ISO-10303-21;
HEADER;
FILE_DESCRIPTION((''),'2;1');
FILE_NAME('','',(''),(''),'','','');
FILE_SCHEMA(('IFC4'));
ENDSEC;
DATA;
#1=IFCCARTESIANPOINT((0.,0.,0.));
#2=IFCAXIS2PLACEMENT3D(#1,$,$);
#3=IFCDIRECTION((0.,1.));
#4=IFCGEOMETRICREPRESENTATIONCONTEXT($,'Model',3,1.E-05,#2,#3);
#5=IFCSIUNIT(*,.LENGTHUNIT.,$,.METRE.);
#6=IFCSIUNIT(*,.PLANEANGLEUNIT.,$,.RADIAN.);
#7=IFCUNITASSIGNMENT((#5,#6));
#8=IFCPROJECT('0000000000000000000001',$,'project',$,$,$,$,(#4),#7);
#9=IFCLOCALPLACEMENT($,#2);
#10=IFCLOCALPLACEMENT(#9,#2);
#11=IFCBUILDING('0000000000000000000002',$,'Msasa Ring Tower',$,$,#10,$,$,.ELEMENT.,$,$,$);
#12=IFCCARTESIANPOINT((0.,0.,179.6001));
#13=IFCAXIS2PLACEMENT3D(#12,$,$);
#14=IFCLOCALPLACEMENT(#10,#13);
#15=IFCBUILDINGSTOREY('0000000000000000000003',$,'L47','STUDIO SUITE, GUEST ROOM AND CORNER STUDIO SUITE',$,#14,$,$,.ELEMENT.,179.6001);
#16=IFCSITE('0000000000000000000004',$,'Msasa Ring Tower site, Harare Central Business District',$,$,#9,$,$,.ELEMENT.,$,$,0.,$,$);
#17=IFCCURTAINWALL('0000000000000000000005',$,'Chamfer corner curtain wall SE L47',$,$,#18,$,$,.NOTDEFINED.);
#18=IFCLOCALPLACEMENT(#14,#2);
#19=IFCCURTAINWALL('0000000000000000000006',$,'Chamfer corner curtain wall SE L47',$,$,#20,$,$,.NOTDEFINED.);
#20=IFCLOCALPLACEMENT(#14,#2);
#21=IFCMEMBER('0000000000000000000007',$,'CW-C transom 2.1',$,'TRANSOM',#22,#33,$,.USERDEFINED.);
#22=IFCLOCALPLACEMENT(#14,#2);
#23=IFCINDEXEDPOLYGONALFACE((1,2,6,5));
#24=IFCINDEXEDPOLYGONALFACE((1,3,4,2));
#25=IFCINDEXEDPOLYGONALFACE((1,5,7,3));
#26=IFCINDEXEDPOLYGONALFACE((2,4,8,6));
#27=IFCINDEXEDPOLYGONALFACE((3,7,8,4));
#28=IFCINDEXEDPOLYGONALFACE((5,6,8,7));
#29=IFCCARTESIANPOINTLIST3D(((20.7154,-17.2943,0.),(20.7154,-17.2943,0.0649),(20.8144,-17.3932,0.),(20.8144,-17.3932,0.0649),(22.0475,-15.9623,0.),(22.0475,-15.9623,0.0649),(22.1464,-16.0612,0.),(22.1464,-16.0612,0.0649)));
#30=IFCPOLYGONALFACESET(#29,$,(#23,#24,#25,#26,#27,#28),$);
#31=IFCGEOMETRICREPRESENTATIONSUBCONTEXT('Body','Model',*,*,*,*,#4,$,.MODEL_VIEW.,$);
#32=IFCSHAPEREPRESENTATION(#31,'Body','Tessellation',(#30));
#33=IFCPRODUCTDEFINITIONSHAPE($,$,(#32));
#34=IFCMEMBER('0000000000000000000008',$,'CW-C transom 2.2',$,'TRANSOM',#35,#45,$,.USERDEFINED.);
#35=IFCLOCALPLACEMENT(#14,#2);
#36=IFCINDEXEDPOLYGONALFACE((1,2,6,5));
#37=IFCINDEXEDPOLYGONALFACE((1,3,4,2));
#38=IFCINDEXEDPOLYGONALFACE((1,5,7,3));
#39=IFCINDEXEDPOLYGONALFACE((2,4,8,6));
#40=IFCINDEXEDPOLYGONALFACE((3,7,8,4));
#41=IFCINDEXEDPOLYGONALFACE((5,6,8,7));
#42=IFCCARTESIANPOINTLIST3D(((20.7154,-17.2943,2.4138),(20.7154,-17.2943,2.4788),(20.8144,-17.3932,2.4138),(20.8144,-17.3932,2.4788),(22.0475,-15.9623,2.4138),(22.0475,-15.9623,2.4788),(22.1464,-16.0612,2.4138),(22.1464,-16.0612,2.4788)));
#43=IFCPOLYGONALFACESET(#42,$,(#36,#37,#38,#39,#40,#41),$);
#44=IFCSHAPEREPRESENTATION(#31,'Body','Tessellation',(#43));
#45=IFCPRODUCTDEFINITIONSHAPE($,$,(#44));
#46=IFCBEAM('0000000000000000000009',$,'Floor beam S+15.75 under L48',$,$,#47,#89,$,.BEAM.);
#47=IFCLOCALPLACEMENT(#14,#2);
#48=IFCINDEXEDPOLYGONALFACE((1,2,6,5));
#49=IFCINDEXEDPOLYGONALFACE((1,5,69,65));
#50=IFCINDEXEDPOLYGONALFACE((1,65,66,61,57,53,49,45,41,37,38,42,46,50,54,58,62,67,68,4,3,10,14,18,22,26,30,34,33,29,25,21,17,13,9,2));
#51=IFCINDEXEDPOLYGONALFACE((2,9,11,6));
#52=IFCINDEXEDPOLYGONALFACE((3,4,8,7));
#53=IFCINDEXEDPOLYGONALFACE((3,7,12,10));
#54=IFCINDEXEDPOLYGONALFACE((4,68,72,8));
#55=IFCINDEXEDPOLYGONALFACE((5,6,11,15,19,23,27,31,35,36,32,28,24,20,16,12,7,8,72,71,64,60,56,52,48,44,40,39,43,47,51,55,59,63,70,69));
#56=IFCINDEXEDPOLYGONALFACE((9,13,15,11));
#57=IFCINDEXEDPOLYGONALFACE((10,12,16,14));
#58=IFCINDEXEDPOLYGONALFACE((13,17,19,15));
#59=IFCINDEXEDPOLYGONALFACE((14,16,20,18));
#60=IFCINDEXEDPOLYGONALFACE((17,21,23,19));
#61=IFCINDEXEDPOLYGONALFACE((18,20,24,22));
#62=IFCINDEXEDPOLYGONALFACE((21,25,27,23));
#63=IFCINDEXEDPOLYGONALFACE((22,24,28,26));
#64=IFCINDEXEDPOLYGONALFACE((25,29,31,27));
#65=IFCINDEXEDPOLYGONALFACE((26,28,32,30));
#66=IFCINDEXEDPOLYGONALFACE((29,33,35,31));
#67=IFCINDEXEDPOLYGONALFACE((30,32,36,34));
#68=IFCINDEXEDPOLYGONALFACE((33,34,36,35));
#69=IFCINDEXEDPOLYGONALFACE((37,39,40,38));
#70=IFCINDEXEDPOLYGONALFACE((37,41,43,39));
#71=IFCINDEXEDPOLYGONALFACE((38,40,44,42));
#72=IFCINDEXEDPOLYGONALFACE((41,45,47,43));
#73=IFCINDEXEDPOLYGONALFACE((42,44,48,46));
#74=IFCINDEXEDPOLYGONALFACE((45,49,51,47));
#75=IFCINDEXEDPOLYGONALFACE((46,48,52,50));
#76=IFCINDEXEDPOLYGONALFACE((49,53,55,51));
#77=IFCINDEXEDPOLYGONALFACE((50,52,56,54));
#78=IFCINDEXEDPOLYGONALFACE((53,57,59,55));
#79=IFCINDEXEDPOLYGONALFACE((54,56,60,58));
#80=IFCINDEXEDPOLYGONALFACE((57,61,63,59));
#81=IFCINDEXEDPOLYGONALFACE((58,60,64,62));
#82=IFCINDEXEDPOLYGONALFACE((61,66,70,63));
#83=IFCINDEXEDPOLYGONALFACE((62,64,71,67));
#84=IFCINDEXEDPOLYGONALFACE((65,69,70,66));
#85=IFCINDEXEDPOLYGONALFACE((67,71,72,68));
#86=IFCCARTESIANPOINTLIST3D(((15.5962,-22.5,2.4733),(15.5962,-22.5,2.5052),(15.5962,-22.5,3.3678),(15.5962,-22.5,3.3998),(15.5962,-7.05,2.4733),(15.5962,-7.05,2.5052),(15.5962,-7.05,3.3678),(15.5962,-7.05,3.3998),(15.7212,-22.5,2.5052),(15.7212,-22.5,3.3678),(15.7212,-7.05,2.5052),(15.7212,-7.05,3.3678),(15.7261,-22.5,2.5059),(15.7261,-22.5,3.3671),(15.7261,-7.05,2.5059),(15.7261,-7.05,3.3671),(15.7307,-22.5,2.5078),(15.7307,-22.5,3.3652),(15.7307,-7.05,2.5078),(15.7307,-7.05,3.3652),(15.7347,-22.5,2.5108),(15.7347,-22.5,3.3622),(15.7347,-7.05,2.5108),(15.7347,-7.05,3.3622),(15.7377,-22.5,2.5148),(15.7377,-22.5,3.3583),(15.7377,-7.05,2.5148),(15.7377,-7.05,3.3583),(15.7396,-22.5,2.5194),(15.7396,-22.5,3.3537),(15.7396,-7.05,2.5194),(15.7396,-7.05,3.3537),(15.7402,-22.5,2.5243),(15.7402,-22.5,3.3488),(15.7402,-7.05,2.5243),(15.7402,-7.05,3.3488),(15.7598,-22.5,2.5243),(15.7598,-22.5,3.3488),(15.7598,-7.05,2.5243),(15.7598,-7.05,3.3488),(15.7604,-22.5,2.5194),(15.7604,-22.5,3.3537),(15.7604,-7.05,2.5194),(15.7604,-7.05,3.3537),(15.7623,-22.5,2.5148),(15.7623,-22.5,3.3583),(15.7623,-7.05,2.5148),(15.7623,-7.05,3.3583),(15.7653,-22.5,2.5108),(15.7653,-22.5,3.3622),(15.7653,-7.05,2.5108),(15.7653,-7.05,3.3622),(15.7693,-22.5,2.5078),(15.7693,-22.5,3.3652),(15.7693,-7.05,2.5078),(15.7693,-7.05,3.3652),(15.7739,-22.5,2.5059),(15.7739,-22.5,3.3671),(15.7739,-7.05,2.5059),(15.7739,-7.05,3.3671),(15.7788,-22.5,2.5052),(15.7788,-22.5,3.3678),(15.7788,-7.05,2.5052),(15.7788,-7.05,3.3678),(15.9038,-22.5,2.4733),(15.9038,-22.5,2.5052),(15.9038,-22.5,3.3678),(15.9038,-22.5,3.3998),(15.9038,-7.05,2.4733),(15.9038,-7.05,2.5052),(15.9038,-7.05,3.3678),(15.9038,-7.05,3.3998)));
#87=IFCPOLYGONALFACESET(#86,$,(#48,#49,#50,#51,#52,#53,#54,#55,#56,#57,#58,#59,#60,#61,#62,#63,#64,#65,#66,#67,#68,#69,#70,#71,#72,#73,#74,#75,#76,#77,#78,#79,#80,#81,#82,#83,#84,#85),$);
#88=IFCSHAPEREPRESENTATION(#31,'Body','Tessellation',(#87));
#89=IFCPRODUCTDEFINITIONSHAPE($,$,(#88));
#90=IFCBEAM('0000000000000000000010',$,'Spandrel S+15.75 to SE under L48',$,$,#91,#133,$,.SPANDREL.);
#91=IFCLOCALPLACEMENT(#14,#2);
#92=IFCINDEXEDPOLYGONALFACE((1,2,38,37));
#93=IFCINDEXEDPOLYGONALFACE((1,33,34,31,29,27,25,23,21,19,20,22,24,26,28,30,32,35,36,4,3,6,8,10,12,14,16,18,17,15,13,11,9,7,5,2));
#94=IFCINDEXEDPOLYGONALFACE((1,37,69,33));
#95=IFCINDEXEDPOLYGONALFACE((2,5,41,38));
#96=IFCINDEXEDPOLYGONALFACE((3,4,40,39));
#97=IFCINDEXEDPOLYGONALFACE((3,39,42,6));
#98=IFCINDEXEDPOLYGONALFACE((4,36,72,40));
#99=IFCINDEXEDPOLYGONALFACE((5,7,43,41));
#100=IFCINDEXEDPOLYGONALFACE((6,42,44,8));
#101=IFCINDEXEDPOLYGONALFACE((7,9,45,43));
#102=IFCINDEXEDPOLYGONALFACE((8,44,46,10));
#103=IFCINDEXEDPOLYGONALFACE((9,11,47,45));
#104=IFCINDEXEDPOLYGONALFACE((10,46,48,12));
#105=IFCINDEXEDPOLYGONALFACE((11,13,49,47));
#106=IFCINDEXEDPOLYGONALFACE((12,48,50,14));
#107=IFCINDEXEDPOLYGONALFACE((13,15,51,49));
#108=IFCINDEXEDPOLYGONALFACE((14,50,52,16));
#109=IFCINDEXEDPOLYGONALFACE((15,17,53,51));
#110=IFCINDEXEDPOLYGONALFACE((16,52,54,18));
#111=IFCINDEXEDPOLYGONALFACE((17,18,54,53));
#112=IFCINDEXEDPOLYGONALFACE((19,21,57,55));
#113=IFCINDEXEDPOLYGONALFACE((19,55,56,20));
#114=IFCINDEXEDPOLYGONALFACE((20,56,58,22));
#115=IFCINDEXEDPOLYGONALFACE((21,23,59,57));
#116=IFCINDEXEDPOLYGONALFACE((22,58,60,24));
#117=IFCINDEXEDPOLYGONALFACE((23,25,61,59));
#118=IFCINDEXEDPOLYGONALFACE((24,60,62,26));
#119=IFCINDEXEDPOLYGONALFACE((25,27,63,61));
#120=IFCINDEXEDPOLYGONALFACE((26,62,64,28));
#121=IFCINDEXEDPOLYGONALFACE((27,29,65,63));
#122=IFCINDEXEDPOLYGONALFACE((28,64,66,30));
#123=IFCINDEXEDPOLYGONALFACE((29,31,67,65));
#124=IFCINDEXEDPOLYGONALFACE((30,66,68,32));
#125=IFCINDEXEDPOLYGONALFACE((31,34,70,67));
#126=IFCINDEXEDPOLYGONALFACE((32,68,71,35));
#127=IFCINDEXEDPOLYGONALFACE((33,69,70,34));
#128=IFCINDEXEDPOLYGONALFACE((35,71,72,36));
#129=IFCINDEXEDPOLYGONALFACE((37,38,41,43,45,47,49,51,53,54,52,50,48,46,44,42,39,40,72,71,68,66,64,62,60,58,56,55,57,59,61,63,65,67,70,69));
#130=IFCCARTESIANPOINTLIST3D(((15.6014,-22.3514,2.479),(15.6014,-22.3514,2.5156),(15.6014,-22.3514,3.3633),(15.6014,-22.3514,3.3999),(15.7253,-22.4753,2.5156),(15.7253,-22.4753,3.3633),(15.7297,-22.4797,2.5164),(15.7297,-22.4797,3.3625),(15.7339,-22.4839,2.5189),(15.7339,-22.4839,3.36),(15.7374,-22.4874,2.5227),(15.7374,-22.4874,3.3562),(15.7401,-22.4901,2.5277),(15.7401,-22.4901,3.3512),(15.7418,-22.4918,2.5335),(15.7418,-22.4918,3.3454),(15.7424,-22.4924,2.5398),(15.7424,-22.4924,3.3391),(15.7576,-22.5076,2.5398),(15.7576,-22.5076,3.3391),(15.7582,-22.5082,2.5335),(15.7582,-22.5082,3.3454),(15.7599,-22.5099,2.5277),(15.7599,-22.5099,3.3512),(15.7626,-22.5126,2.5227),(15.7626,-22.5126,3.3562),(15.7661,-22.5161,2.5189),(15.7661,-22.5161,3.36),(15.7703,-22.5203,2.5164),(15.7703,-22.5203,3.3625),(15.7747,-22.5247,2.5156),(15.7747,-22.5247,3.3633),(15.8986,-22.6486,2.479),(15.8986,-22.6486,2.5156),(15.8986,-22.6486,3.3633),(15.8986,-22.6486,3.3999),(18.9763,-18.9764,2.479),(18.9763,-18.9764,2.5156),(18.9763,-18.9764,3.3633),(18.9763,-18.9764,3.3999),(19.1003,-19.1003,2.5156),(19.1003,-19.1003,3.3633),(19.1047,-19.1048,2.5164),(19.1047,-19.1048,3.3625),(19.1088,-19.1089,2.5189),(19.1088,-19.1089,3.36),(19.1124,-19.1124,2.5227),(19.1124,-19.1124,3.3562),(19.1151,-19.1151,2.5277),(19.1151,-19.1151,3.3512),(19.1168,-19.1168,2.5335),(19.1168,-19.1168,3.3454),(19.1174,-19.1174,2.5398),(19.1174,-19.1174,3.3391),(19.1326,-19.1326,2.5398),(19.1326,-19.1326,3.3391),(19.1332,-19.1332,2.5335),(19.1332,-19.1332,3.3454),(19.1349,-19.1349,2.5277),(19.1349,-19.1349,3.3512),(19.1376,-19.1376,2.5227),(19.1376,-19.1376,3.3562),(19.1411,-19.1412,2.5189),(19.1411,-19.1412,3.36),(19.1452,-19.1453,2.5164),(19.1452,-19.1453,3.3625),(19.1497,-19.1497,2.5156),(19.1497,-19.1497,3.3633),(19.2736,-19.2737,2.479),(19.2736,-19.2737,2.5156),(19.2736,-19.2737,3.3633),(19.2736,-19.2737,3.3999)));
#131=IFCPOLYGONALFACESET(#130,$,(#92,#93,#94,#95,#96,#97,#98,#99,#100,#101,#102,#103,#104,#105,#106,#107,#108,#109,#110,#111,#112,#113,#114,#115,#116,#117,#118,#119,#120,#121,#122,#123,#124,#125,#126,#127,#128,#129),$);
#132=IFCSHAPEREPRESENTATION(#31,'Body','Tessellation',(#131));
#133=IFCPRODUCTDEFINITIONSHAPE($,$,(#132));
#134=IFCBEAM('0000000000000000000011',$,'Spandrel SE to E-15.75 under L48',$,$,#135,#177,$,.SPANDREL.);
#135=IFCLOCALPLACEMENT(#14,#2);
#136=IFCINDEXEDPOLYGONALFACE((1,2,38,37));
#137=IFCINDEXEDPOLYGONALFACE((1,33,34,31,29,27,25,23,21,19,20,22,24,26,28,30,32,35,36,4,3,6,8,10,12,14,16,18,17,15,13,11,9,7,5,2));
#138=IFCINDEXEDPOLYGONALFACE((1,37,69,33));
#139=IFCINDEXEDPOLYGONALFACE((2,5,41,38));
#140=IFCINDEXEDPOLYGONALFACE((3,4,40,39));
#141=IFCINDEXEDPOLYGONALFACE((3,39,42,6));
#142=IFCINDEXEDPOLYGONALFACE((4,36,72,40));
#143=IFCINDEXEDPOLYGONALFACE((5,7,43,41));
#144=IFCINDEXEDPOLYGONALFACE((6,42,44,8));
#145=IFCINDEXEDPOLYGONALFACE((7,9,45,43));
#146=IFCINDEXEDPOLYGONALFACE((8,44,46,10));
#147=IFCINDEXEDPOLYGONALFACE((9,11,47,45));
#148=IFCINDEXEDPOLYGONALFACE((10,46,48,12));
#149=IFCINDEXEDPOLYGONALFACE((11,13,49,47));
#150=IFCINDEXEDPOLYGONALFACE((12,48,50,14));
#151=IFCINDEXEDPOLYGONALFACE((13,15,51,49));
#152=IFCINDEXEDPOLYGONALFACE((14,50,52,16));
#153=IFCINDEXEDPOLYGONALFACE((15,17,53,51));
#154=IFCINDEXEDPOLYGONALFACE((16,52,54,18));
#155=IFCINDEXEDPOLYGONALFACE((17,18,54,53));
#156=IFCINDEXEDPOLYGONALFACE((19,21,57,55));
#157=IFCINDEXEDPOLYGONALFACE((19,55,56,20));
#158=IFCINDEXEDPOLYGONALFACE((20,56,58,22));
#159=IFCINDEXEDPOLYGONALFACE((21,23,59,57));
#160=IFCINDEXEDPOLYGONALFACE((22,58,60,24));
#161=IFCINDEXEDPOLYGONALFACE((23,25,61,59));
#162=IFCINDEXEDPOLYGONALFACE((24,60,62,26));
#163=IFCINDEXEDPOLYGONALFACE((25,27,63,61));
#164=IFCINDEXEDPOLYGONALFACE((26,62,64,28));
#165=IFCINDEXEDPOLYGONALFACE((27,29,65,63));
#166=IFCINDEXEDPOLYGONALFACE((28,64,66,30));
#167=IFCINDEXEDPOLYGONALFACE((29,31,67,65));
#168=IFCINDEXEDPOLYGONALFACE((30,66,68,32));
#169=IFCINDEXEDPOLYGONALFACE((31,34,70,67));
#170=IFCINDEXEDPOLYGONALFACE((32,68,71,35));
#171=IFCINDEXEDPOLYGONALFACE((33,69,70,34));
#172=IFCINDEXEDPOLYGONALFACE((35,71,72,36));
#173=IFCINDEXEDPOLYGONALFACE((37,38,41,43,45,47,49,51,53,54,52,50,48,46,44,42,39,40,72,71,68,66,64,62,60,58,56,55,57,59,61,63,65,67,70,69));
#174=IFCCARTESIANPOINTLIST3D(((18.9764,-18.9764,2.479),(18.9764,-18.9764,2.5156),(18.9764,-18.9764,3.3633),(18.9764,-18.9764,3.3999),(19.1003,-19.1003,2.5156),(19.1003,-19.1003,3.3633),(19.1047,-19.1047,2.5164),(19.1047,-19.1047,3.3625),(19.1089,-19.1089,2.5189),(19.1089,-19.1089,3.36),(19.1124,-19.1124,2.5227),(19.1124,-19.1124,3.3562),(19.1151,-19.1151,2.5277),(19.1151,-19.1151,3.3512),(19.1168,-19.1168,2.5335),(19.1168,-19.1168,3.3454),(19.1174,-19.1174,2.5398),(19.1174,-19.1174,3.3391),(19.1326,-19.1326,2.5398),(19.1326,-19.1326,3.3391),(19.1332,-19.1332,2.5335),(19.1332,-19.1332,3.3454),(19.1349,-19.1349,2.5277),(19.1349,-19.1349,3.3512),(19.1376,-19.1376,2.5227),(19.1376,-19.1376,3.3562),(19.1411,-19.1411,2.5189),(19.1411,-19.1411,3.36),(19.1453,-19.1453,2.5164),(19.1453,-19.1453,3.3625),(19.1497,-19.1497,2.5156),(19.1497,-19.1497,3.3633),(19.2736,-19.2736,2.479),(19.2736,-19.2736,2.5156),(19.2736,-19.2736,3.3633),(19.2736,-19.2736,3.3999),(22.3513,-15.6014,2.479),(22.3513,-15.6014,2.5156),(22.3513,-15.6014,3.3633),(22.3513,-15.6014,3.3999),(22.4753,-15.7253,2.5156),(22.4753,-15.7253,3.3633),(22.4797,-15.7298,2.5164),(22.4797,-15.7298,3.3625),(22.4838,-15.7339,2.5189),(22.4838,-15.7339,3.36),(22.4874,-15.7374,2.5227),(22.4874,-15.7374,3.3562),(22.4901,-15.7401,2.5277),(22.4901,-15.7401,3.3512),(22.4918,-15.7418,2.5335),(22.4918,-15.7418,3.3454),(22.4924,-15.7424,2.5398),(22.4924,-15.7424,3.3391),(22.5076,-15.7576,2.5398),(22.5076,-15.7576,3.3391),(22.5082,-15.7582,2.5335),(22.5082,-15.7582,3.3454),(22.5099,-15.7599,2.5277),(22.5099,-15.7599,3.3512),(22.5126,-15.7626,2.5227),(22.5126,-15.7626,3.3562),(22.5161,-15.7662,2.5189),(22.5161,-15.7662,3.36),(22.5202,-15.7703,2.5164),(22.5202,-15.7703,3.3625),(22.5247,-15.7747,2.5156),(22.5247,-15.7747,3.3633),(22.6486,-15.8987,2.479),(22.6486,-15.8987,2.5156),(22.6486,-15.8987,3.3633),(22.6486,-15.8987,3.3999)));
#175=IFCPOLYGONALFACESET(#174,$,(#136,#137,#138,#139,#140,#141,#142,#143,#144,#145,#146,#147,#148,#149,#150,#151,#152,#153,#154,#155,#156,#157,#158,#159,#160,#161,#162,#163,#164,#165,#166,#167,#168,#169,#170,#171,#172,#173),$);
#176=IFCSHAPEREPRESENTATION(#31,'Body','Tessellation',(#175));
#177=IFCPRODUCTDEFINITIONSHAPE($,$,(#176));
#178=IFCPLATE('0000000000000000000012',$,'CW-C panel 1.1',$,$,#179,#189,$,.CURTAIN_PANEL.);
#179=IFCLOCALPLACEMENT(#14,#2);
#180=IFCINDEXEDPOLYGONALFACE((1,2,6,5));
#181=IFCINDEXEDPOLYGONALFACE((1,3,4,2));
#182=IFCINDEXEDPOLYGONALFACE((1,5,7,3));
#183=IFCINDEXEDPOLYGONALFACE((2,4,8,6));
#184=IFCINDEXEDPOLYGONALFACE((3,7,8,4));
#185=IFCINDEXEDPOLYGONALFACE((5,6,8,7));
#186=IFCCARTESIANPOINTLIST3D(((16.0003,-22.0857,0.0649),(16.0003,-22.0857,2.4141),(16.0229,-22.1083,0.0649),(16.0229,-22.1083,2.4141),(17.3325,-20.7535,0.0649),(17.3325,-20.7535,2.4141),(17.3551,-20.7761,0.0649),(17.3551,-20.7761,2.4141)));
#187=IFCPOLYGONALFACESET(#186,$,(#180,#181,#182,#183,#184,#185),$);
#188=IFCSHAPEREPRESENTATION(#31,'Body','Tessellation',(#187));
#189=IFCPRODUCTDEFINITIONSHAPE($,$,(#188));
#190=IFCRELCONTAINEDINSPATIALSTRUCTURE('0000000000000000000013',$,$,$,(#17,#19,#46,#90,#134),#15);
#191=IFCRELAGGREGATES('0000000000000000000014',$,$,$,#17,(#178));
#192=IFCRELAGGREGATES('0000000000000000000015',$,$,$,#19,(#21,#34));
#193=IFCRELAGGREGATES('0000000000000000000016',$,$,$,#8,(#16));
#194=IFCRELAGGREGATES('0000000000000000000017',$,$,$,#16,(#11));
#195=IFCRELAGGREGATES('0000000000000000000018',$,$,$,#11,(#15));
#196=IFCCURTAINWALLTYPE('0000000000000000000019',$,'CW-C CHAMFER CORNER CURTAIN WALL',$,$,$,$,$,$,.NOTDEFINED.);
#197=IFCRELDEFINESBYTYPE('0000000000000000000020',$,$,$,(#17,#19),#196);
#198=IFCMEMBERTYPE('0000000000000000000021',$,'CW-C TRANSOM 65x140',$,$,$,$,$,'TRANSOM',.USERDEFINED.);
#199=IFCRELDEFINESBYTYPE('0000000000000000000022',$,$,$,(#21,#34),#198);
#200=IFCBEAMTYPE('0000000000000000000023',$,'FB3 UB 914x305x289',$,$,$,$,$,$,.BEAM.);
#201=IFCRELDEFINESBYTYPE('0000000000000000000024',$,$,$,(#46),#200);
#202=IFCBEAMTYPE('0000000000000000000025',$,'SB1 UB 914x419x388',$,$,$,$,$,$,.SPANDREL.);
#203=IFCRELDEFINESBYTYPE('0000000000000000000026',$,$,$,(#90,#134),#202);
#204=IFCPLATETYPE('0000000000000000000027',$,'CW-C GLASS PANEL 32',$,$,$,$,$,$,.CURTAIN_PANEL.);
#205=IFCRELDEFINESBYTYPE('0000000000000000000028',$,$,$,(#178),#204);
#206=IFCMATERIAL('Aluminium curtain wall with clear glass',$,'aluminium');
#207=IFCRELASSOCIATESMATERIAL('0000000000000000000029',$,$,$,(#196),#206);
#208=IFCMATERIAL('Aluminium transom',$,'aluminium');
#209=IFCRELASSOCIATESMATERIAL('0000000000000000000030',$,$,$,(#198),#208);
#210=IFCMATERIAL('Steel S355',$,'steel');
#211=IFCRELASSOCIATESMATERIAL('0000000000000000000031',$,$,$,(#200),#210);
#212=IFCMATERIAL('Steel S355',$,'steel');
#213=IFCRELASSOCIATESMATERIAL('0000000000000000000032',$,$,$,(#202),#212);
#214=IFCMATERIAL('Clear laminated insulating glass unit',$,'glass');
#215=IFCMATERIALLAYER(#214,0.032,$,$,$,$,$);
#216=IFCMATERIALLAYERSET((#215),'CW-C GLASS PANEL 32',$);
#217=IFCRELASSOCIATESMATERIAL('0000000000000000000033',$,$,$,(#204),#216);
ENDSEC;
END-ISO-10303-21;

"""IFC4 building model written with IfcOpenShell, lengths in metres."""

from ifc_helpers import new_model, si_unit, direction, frame, origin, origin_2d, place, context, subcontext, project, spatial, rectangle, i_section, extrude, material, layer, layer_set, material_profile, profile_set, type_object, element, aggregate, save


model = new_model("IFC4")

# Units and contexts
model_context = context("Model", 3, precision=1e-05, world=origin(), true_north=direction((0.0, 1.0)))
body_context = subcontext(model_context, "Body", "Model", "MODEL_VIEW")
ifc_project = project(units=[si_unit("LENGTHUNIT", "METRE"), si_unit("PLANEANGLEUNIT", "RADIAN")], contexts=[model_context])

# Site, building, storey
site_placement = place(None, origin())
site = spatial("IfcSite", under=ifc_project, at=site_placement, Name="Msasa Ring Tower site, Harare Central Business District", CompositionType="ELEMENT", RefElevation=0.0)
building_placement = place(site_placement, origin())
building = spatial("IfcBuilding", under=site, at=building_placement, Name="Msasa Ring Tower", CompositionType="ELEMENT")
storey_placement = place(building_placement, frame((0.0, 0.0, 179.6001)))
storey = spatial("IfcBuildingStorey", under=building, at=storey_placement, Name="L47", Description="STUDIO SUITE, GUEST ROOM AND CORNER STUDIO SUITE", CompositionType="ELEMENT", Elevation=179.6001)

# Curtain walls
ifc_material_1 = material(Name="Aluminium curtain wall with clear glass", Category="aluminium")
curtain_wall_type = type_object("IfcCurtainWallType", Name="CW-C CHAMFER CORNER CURTAIN WALL", PredefinedType="NOTDEFINED", material=ifc_material_1)
curtain_wall_1_placement = place(storey_placement, origin())
curtain_wall_1 = element("IfcCurtainWall", 1, at=curtain_wall_1_placement, inside=storey, type_object=curtain_wall_type, Name="Chamfer corner curtain wall SE L47", PredefinedType="NOTDEFINED")
curtain_wall_2_placement = place(storey_placement, origin())
curtain_wall_2 = element("IfcCurtainWall", 2, at=curtain_wall_2_placement, inside=storey, type_object=curtain_wall_type, Name="Chamfer corner curtain wall SE L47", PredefinedType="NOTDEFINED")

# Members
ifc_material_2 = material(Name="Aluminium transom", Category="aluminium")
ifc_material_profile_1 = material_profile(ifc_material_2, rectangle(XDim=0.1399, YDim=0.0649, at=origin_2d()), Name="AL 65x140")
ifc_profile_set_1 = profile_set([ifc_material_profile_1], Name="Aluminium transom")
member_type_1 = type_object("IfcMemberType", Name="CW-C TRANSOM 65x140", ElementType="TRANSOM", PredefinedType="USERDEFINED", material=ifc_profile_set_1)
member_1_placement = place(storey_placement, frame((20.7649, -17.3438, 0.0325), z_axis=(0.707107, 0.707107, 0.0), x_axis=(-0.707107, 0.707107, 0.0)))
member_1 = element("IfcMember", 3, at=member_1_placement, type_object=member_type_1, Name="CW-C transom 2.1", ObjectType="TRANSOM", PredefinedType="USERDEFINED", context=body_context, shape_type="SweptSolid", body=[
    extrude(rectangle(XDim=0.1399, YDim=0.0649, at=origin_2d()), origin(), (0.0, 0.0, 1.0), 1.8838),
])
member_2_placement = place(storey_placement, frame((20.7649, -17.3438, 2.4463), z_axis=(0.707107, 0.707107, 0.0), x_axis=(-0.707107, 0.707107, 0.0)))
member_2 = element("IfcMember", 4, at=member_2_placement, type_object=member_type_1, Name="CW-C transom 2.2", ObjectType="TRANSOM", PredefinedType="USERDEFINED", context=body_context, shape_type="SweptSolid", body=[
    extrude(rectangle(XDim=0.1399, YDim=0.0649, at=origin_2d()), origin(), (0.0, 0.0, 1.0), 1.8838),
])

# Beams
ifc_material_3 = material(Name="Steel S355", Category="steel")
ifc_material_profile_2 = material_profile(ifc_material_3, i_section(OverallWidth=0.3076, OverallDepth=0.9265, WebThickness=0.0195, FlangeThickness=0.032, FilletRadius=0.019, at=origin_2d()), Name="UB 914x305x289")
ifc_profile_set_2 = profile_set([ifc_material_profile_2], Name="Steel S355")
beam_type_1 = type_object("IfcBeamType", Name="FB3 UB 914x305x289", PredefinedType="BEAM", material=ifc_profile_set_2)
beam_placement = place(storey_placement, frame((15.75, -22.5, 2.9365), z_axis=(0.0, 1.0, 0.0), x_axis=(-1.0, 0.0, 0.0)))
element("IfcBeam", 5, at=beam_placement, inside=storey, type_object=beam_type_1, Name="Floor beam S+15.75 under L48", PredefinedType="BEAM", context=body_context, shape_type="SweptSolid", body=[
    extrude(i_section(OverallWidth=0.3076, OverallDepth=0.9265, WebThickness=0.0195, FlangeThickness=0.032, FilletRadius=0.019, at=origin_2d()), origin(), (0.0, 0.0, 1.0), 15.45),
])
ifc_material_4 = material(Name="Steel S355", Category="steel")
ifc_material_profile_3 = material_profile(ifc_material_4, i_section(OverallWidth=0.4204, OverallDepth=0.9209, WebThickness=0.0215, FlangeThickness=0.0366, FilletRadius=0.0242, at=origin_2d()), Name="UB 914x419x388")
ifc_profile_set_3 = profile_set([ifc_material_profile_3], Name="Steel S355")
beam_type_2 = type_object("IfcBeamType", Name="SB1 UB 914x419x388", PredefinedType="SPANDREL", material=ifc_profile_set_3)
for number, where, z_axis, x_axis, name in (
    (6, (15.75, -22.5, 2.9395), (0.707107, 0.707107, 0.0), (-0.707107, 0.707107, 0.0), "Spandrel S+15.75 to SE under L48"),
    (7, (19.125, -19.125, 2.9395), (0.707107, 0.707107, 0.0), (-0.707107, 0.707107, 0.0), "Spandrel SE to E-15.75 under L48"),
):
    element("IfcBeam", number, at=place(storey_placement, frame(where, z_axis=z_axis, x_axis=x_axis)), inside=storey, type_object=beam_type_2, Name=name, PredefinedType="SPANDREL", context=body_context, shape_type="SweptSolid", body=[
        extrude(i_section(OverallWidth=0.4204, OverallDepth=0.9209, WebThickness=0.0215, FlangeThickness=0.0366, FilletRadius=0.0242, at=origin_2d()), origin(), (0.0, 0.0, 1.0), 4.7729),
    ])

# Plate
ifc_material_5 = material(Name="Clear laminated insulating glass unit", Category="glass")
ifc_layer_1 = layer(ifc_material_5, 0.032)
ifc_layer_set_1 = layer_set([ifc_layer_1], Name="CW-C GLASS PANEL 32")
plate_type = type_object("IfcPlateType", Name="CW-C GLASS PANEL 32", PredefinedType="CURTAIN_PANEL", material=ifc_layer_set_1)
plate_1_placement = place(storey_placement, frame((16.6777, -21.4309, 0.0649), z_axis=(0.0, 0.0, 1.0), x_axis=(0.707107, 0.707107, 0.0)))
plate_1 = element("IfcPlate", 8, at=plate_1_placement, type_object=plate_type, Name="CW-C panel 1.1", PredefinedType="CURTAIN_PANEL", context=body_context, shape_type="SweptSolid", body=[
    extrude(rectangle(XDim=1.884, YDim=0.032, at=origin_2d()), origin(), (0.0, 0.0, 1.0), 2.3491),
])
aggregate(curtain_wall_1, [plate_1])
aggregate(curtain_wall_2, [member_1, member_2])

save(model, "model.ifc")
